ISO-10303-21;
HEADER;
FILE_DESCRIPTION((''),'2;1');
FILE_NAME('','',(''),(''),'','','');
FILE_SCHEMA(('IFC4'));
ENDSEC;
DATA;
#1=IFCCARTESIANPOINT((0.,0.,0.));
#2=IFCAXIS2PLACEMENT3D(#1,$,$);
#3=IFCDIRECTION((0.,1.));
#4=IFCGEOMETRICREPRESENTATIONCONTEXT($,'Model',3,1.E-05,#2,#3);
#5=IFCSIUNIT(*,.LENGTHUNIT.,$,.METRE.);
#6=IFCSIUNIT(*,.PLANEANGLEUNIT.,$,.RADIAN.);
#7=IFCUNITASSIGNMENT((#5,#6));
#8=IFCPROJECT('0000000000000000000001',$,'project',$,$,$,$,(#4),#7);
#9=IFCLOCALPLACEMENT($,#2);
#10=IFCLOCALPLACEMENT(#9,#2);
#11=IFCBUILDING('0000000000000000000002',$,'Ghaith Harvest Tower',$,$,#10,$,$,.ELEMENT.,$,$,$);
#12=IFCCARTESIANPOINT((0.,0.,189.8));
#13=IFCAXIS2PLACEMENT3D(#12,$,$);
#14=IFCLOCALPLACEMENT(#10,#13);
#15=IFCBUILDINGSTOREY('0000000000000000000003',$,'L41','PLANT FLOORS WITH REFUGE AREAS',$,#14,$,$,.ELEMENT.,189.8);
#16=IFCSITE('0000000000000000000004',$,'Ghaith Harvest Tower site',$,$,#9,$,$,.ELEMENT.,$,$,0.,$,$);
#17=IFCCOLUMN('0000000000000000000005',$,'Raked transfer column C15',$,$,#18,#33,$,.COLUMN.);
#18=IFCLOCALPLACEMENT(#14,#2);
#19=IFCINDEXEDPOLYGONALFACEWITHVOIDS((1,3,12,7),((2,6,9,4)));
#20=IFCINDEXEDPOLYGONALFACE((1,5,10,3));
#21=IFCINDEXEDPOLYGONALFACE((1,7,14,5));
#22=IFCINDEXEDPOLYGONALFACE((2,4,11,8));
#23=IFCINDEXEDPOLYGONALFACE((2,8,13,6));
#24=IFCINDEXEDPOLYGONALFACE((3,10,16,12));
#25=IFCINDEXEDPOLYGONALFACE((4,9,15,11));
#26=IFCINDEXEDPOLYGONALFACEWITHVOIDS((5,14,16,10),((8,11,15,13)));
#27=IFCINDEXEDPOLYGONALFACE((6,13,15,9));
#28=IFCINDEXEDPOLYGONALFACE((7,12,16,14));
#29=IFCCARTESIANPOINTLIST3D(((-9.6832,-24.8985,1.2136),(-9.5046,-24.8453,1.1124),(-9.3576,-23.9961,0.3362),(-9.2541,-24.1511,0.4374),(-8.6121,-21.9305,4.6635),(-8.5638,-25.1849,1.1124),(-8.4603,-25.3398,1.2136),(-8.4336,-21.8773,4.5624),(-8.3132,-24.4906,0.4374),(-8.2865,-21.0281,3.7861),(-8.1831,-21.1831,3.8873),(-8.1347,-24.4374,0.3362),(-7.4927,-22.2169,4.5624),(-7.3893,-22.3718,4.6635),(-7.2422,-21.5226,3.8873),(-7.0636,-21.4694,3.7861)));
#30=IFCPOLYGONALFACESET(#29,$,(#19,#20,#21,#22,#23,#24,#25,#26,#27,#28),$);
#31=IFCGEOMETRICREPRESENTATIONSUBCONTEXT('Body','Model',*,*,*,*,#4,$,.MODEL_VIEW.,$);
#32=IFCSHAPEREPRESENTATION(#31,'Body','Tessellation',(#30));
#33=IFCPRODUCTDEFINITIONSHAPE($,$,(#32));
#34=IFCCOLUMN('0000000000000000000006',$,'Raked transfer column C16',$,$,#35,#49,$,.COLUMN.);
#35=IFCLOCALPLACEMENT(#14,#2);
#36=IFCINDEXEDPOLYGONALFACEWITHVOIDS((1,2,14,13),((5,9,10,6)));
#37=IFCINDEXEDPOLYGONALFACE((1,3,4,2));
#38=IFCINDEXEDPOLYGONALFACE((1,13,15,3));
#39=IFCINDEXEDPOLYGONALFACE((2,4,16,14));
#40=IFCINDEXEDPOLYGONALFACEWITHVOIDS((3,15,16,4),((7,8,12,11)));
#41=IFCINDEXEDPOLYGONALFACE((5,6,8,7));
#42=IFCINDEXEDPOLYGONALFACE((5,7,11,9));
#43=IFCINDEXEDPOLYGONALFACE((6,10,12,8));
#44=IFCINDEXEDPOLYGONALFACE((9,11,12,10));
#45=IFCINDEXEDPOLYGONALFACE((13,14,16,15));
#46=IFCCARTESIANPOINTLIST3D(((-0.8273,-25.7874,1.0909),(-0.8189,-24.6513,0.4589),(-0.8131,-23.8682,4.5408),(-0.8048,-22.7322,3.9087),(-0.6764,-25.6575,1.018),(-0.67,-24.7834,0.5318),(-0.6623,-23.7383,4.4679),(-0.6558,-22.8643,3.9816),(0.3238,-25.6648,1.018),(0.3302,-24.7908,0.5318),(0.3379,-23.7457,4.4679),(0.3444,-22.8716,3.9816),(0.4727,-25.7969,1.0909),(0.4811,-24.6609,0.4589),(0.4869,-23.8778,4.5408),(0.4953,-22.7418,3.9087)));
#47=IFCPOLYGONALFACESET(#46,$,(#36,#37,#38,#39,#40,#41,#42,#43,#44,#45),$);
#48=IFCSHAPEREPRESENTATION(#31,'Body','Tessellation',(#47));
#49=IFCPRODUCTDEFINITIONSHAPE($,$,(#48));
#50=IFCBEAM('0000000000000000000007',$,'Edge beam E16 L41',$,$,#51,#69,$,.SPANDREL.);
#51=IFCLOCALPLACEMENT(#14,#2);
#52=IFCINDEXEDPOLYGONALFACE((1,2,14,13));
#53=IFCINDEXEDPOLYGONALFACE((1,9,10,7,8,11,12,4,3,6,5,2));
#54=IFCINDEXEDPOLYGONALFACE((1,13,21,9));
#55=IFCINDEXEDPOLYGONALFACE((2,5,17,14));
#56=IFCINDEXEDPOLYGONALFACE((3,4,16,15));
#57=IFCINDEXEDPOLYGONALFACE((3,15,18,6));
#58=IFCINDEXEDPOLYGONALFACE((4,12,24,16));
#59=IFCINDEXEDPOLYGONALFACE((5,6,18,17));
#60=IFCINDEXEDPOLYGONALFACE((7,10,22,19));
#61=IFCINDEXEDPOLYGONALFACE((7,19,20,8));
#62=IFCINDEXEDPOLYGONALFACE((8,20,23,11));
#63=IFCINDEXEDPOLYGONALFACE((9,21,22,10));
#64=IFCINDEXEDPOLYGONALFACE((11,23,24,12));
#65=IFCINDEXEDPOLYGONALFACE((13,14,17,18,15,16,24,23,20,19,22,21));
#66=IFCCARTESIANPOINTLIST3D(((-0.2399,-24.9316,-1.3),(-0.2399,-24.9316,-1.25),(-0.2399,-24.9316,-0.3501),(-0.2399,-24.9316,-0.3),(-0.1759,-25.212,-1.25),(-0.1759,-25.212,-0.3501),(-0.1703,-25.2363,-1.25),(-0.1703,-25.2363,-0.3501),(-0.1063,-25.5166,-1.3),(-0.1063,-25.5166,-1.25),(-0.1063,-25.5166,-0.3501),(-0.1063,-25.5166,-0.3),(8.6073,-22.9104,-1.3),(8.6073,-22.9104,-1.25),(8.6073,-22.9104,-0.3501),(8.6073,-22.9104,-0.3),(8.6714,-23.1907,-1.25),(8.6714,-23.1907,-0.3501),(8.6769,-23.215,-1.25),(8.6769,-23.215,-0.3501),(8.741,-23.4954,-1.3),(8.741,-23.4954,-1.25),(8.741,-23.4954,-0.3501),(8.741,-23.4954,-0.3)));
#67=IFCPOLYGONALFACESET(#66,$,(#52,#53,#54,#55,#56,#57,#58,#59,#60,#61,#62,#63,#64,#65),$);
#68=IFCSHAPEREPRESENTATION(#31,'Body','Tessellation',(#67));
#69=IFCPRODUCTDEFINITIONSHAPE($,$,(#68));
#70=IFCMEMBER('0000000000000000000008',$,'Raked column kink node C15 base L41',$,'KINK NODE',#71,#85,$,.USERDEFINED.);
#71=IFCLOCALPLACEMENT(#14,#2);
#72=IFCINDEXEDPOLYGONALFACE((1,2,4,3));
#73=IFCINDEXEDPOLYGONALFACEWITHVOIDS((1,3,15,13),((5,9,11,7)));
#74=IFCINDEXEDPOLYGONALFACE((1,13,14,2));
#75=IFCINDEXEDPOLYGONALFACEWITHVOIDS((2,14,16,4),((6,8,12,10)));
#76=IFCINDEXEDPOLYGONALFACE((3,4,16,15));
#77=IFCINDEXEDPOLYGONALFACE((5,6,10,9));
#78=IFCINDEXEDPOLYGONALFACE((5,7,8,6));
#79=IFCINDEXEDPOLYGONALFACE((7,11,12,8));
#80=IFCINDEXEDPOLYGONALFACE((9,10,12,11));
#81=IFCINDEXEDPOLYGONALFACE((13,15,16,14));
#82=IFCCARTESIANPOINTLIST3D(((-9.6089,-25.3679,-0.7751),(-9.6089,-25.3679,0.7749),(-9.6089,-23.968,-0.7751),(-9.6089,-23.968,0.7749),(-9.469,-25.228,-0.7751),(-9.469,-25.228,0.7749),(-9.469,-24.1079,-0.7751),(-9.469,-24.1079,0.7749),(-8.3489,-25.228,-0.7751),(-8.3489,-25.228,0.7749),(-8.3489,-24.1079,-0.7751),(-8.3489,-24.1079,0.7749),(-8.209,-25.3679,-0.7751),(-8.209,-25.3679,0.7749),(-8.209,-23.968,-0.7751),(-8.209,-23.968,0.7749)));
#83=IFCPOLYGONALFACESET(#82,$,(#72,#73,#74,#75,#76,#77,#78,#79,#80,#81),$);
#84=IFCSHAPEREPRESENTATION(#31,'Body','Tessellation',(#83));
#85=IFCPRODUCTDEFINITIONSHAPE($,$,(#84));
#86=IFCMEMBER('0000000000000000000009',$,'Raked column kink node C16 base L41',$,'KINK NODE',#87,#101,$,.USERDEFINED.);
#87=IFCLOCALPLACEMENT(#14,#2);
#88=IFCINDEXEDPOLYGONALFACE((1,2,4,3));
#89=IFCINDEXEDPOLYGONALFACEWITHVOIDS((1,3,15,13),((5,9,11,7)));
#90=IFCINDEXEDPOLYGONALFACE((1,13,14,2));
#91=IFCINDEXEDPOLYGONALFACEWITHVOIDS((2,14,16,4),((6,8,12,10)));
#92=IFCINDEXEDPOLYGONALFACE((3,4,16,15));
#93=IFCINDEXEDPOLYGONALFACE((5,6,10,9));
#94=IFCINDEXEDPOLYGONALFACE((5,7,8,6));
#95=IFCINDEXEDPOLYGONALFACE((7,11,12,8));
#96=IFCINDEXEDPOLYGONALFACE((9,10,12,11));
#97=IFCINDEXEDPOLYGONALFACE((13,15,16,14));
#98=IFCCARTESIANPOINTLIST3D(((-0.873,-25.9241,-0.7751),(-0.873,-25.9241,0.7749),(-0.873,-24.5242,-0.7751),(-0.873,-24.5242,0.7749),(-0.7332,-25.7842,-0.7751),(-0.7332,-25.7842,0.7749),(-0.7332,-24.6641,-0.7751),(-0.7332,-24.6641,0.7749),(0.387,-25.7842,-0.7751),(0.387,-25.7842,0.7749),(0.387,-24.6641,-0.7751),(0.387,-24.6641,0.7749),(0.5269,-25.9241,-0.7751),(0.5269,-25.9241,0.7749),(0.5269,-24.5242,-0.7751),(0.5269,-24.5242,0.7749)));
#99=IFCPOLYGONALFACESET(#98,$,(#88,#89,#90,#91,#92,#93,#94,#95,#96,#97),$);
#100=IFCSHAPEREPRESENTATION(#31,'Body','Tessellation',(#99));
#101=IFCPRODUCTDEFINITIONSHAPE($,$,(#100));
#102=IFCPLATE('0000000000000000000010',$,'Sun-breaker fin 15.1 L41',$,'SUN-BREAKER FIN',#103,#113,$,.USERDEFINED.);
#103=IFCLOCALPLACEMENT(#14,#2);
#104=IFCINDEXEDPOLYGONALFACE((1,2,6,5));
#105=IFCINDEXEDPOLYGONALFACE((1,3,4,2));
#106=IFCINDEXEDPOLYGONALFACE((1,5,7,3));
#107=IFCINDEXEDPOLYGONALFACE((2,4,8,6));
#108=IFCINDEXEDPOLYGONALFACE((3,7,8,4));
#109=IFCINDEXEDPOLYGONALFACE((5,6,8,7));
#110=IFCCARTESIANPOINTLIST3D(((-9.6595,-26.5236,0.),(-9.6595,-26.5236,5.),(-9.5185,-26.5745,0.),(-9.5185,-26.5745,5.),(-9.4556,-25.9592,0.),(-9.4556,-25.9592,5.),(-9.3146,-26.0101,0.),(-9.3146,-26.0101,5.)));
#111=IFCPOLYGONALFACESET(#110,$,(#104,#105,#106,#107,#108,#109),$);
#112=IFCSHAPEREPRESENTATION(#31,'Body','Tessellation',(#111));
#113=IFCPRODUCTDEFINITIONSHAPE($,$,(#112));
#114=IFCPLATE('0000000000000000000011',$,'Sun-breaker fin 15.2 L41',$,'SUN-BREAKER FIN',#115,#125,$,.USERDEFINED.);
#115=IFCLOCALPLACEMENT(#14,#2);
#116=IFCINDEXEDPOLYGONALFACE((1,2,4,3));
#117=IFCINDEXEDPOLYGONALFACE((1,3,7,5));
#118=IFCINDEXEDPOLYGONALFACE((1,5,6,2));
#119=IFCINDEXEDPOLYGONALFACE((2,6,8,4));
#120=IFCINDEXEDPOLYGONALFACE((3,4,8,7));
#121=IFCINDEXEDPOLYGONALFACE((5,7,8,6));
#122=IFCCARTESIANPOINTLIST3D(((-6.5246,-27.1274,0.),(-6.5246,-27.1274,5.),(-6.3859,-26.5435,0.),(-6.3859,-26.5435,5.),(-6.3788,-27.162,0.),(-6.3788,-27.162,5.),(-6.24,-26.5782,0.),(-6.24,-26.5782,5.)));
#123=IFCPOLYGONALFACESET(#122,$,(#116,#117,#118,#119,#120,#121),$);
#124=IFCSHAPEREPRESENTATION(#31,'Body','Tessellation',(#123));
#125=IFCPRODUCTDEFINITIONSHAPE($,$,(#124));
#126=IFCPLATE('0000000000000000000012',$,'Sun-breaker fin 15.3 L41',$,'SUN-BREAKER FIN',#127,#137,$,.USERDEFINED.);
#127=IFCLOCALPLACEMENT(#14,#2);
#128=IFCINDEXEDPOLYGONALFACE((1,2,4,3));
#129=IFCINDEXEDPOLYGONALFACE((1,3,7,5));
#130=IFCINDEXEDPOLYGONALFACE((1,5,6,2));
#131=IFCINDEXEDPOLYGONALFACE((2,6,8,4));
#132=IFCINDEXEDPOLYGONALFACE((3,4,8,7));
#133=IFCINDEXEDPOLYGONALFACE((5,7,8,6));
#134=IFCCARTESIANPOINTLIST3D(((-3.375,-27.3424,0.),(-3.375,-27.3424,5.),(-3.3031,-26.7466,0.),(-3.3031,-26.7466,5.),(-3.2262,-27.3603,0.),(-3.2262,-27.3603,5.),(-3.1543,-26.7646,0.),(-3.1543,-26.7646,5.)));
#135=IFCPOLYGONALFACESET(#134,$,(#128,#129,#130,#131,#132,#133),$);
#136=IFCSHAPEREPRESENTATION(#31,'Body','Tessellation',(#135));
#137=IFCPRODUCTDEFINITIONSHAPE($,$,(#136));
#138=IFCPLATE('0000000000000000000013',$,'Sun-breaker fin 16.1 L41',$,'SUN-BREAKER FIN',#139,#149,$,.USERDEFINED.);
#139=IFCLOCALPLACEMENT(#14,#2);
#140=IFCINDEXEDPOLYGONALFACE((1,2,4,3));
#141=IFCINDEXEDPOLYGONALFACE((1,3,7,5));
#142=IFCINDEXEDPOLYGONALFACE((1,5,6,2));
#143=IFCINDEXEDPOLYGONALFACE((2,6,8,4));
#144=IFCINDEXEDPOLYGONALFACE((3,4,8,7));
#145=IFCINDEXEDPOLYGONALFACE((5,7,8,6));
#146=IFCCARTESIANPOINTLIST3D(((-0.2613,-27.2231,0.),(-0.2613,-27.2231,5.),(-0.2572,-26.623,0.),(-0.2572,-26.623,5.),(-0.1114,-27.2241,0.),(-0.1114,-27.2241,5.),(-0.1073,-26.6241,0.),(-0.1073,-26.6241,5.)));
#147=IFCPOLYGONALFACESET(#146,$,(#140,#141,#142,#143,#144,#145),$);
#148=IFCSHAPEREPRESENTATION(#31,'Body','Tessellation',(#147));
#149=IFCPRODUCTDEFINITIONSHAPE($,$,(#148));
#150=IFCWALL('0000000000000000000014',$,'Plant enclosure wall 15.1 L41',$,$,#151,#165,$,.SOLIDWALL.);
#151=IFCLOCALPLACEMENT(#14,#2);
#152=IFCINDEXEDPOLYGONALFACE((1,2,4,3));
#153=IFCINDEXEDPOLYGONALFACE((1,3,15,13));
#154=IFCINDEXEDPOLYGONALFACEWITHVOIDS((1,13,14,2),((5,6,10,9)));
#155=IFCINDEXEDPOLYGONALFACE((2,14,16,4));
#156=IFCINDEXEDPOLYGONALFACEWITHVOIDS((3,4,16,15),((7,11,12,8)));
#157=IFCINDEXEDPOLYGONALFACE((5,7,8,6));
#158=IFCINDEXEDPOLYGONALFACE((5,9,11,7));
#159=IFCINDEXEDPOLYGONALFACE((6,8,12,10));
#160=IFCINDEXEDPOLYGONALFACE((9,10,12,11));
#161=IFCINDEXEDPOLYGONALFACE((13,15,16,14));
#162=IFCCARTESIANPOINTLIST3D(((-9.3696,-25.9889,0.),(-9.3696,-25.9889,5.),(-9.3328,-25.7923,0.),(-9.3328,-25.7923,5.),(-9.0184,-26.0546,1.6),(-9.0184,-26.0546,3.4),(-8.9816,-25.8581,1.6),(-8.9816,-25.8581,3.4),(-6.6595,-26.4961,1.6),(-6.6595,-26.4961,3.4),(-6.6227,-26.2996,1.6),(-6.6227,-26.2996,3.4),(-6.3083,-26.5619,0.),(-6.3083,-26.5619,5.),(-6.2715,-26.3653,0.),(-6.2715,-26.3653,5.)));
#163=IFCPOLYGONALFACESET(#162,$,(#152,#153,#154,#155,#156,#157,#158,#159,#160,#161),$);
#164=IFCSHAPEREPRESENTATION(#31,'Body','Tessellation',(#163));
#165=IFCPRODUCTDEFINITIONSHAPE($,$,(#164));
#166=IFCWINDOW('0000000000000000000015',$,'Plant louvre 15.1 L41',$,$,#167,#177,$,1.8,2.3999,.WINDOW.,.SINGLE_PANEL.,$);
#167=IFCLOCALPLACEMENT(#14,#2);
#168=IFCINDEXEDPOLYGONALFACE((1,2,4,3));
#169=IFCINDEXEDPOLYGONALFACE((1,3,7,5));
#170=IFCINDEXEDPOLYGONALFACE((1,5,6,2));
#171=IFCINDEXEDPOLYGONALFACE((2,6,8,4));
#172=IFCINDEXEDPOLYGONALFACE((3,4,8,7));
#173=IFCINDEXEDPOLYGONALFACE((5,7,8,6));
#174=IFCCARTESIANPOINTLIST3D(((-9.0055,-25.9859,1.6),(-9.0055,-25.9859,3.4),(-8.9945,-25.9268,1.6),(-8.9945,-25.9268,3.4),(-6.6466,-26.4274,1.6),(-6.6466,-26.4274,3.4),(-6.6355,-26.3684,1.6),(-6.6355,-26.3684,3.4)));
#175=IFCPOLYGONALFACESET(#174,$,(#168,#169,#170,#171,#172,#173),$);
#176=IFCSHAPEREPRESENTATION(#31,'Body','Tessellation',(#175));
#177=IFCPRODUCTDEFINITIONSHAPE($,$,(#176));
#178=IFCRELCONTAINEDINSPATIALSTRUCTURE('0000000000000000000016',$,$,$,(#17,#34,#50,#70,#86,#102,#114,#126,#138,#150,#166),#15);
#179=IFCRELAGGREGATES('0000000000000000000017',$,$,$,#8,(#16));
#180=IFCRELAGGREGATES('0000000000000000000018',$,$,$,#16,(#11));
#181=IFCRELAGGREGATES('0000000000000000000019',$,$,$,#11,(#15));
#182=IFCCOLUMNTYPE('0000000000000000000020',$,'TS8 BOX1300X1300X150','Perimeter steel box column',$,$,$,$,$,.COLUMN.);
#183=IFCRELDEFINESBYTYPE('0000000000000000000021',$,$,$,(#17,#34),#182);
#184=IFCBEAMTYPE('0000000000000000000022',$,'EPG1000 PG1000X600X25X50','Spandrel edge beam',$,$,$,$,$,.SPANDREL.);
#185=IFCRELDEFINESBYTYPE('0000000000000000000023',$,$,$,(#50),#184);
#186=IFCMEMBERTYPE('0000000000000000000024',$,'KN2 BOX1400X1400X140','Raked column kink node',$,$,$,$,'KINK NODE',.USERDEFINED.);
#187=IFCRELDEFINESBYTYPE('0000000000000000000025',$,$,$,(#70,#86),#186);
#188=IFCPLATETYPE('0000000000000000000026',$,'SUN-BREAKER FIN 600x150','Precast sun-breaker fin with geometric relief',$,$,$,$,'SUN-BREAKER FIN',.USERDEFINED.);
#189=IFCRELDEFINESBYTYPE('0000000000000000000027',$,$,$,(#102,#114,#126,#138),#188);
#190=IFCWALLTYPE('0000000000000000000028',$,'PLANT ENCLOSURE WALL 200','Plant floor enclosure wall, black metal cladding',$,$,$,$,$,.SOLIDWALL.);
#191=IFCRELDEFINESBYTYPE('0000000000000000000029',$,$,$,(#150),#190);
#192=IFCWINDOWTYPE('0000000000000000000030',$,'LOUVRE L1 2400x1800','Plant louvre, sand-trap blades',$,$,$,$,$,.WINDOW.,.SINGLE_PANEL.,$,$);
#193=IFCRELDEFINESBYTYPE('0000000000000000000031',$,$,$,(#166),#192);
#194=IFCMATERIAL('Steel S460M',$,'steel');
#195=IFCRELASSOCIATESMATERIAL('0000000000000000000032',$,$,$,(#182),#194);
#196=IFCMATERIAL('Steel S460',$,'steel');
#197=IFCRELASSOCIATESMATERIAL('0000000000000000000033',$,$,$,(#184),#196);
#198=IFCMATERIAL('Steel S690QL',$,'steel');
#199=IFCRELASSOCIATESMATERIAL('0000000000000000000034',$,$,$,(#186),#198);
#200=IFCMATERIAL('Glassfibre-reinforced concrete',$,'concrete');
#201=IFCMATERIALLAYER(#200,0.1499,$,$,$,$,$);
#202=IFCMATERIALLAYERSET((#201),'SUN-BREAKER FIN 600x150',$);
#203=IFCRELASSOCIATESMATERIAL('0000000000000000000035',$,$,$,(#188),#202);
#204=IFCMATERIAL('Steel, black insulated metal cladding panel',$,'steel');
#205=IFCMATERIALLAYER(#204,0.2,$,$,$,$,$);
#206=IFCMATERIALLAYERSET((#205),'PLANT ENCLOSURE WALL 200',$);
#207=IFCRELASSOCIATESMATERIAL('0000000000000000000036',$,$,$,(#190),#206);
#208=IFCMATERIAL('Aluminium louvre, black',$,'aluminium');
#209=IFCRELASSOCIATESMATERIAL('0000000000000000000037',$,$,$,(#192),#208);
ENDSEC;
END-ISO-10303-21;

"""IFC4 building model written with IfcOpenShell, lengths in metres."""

from ifc_helpers import new_model, si_unit, direction, frame, frame_2d, origin, origin_2d, place, context, subcontext, project, spatial, rectangle, hollow_rectangle, i_section, extrude, material, layer, layer_set, material_profile, profile_set, type_object, element, fill, save


model = new_model("IFC4")

# Units and contexts
model_context = context("Model", 3, precision=1e-05, world=origin(), true_north=direction((0.0, 1.0)))
body_context = subcontext(model_context, "Body", "Model", "MODEL_VIEW")
ifc_project = project(units=[si_unit("LENGTHUNIT", "METRE"), si_unit("PLANEANGLEUNIT", "RADIAN")], contexts=[model_context])

# Site, building, storey
site_placement = place(None, origin())
site = spatial("IfcSite", under=ifc_project, at=site_placement, Name="Ghaith Harvest Tower site", CompositionType="ELEMENT", RefElevation=0.0)
building_placement = place(site_placement, origin())
building = spatial("IfcBuilding", under=site, at=building_placement, Name="Ghaith Harvest Tower", CompositionType="ELEMENT")
storey_placement = place(building_placement, frame((0.0, 0.0, 189.8)))
storey = spatial("IfcBuildingStorey", under=building, at=storey_placement, Name="L41", Description="PLANT FLOORS WITH REFUGE AREAS", CompositionType="ELEMENT", Elevation=189.8)

# Columns
ifc_material_1 = material(Name="Steel S460M", Category="steel")
ifc_material_profile_1 = material_profile(ifc_material_1, hollow_rectangle(XDim=1.3, YDim=1.3, WallThickness=0.1499, at=origin_2d()), Name="BOX1300X1300X150")
ifc_profile_set_1 = profile_set([ifc_material_profile_1], Name="Steel S460M")
column_type = type_object("IfcColumnType", Name="TS8 BOX1300X1300X150", Description="Perimeter steel box column", PredefinedType="COLUMN", material=ifc_profile_set_1)
column_1_placement = place(storey_placement, frame((-8.9089, -24.668, 0.7749), z_axis=(0.229086, 0.634829, 0.73791), x_axis=(-0.940629, 0.339437, 0.0)))
element("IfcColumn", 1, at=column_1_placement, inside=storey, type_object=column_type, Name="Raked transfer column C15", PredefinedType="COLUMN", context=body_context, shape_type="SweptSolid", body=[
    extrude(hollow_rectangle(XDim=1.3, YDim=1.3, WallThickness=0.1499, at=origin_2d()), origin(), (0.0, 0.0, 1.0), 4.6753),
])
column_2_placement = place(storey_placement, frame((-0.1731, -25.2241, 0.7749), z_axis=(0.003587, 0.486133, 0.873877), x_axis=(-0.999973, 0.007378, 0.0)))
element("IfcColumn", 2, at=column_2_placement, inside=storey, type_object=column_type, Name="Raked transfer column C16", PredefinedType="COLUMN", context=body_context, shape_type="SweptSolid", body=[
    extrude(hollow_rectangle(XDim=1.3, YDim=1.3, WallThickness=0.1499, at=origin_2d()), origin(), (0.0, 0.0, 1.0), 3.9478),
])

# Beam
ifc_material_2 = material(Name="Steel S460", Category="steel")
ifc_material_profile_2 = material_profile(ifc_material_2, i_section(OverallWidth=0.6001, OverallDepth=1.0, WebThickness=0.0249, FlangeThickness=0.05, at=origin_2d()), Name="PG1000X600X25X50")
ifc_profile_set_2 = profile_set([ifc_material_profile_2], Name="Steel S460")
beam_type = type_object("IfcBeamType", Name="EPG1000 PG1000X600X25X50", Description="Spandrel edge beam", PredefinedType="SPANDREL", material=ifc_profile_set_2)
beam_placement = place(storey_placement, frame((-0.1731, -25.2241, -0.8), z_axis=(0.974882, 0.222723, 0.0), x_axis=(-0.222723, 0.974882, 0.0)))
element("IfcBeam", 3, at=beam_placement, inside=storey, type_object=beam_type, Name="Edge beam E16 L41", PredefinedType="SPANDREL", context=body_context, shape_type="SweptSolid", body=[
    extrude(i_section(OverallWidth=0.6001, OverallDepth=1.0, WebThickness=0.0249, FlangeThickness=0.05, at=origin_2d()), origin(), (0.0, 0.0, 1.0), 9.0752),
])

# Members
ifc_material_3 = material(Name="Steel S690QL", Category="steel")
ifc_material_profile_3 = material_profile(ifc_material_3, hollow_rectangle(XDim=1.3999, YDim=1.3999, WallThickness=0.1399, at=origin_2d()), Name="BOX1400X1400X140")
ifc_profile_set_3 = profile_set([ifc_material_profile_3], Name="Steel S690QL")
member_type = type_object("IfcMemberType", Name="KN2 BOX1400X1400X140", Description="Raked column kink node", ElementType="KINK NODE", PredefinedType="USERDEFINED", material=ifc_profile_set_3)
for number, where, z_axis, x_axis, name in (
    (4, (-8.9089, -24.668, -0.7751), (0.0, 0.0, 1.0), (1.0, 0.0, 0.0), "Raked column kink node C15 base L41"),
    (5, (-0.1731, -25.2241, -0.7751), (0.0, 0.0, 1.0), (1.0, 0.0, 0.0), "Raked column kink node C16 base L41"),
):
    element("IfcMember", number, at=place(storey_placement, frame(where, z_axis=z_axis, x_axis=x_axis)), inside=storey, type_object=member_type, Name=name, ObjectType="KINK NODE", PredefinedType="USERDEFINED", context=body_context, shape_type="SweptSolid", body=[
        extrude(hollow_rectangle(XDim=1.3999, YDim=1.3999, WallThickness=0.1399, at=origin_2d()), origin(), (0.0, 0.0, 1.0), 1.55),
    ])

# Plates
ifc_material_4 = material(Name="Glassfibre-reinforced concrete", Category="concrete")
ifc_layer_1 = layer(ifc_material_4, 0.1499)
ifc_layer_set_1 = layer_set([ifc_layer_1], Name="SUN-BREAKER FIN 600x150")
plate_type = type_object("IfcPlateType", Name="SUN-BREAKER FIN 600x150", Description="Precast sun-breaker fin with geometric relief", ElementType="SUN-BREAKER FIN", PredefinedType="USERDEFINED", material=ifc_layer_set_1)
for number, where, z_axis, x_axis, name in (
    (6, (-9.4871, -26.2668, 0.0), (0.0, 0.0, 1.0), (-0.339699, -0.940534, 0.0), "Sun-breaker fin 15.1 L41"),
    (7, (-6.3823, -26.8528, 0.0), (0.0, 0.0, 1.0), (-0.231234, -0.972898, 0.0), "Sun-breaker fin 15.2 L41"),
    (8, (-3.2646, -27.0535, 0.0), (0.0, 0.0, 1.0), (-0.119807, -0.992797, 0.0), "Sun-breaker fin 15.3 L41"),
    (9, (-0.1843, -26.9236, 0.0), (0.0, 0.0, 1.0), (-0.006844, -0.999977, 0.0), "Sun-breaker fin 16.1 L41"),
):
    element("IfcPlate", number, at=place(storey_placement, frame(where, z_axis=z_axis, x_axis=x_axis)), inside=storey, type_object=plate_type, Name=name, ObjectType="SUN-BREAKER FIN", PredefinedType="USERDEFINED", context=body_context, shape_type="SweptSolid", body=[
        extrude(rectangle(XDim=0.6001, YDim=0.1499, at=origin_2d()), origin(), (0.0, 0.0, 1.0), 5.0),
    ])

# Wall, opening, window
ifc_material_5 = material(Name="Steel, black insulated metal cladding panel", Category="steel")
ifc_layer_2 = layer(ifc_material_5, 0.2)
ifc_layer_set_2 = layer_set([ifc_layer_2], Name="PLANT ENCLOSURE WALL 200")
wall_type = type_object("IfcWallType", Name="PLANT ENCLOSURE WALL 200", Description="Plant floor enclosure wall, black metal cladding", PredefinedType="SOLIDWALL", material=ifc_layer_set_2)
wall_1_placement = place(storey_placement, frame((-9.3511, -25.8906, 0.0), z_axis=(0.0, 0.0, 1.0), x_axis=(0.98293, -0.183981, 0.0)))
wall_1 = element("IfcWall", 10, at=wall_1_placement, inside=storey, type_object=wall_type, Name="Plant enclosure wall 15.1 L41", PredefinedType="SOLIDWALL", context=body_context, shape_type="SweptSolid", body=[
    extrude(rectangle(XDim=3.1145, YDim=0.2, at=frame_2d((1.5571, 0.0))), origin(), (0.0, 0.0, 1.0), 5.0),
])
opening_1_placement = place(wall_1_placement, frame((0.3572, 0.0, 1.6001)))
opening_1 = element("IfcOpeningElement", 11, at=opening_1_placement, cuts=wall_1, PredefinedType="OPENING", context=body_context, shape_type="SweptSolid", body=[
    extrude(rectangle(XDim=2.3999, YDim=1.8, at=frame_2d((1.2, 0.8999))), frame((0.0, 0.1099, 0.0), z_axis=(0.0, -1.0, 0.0), x_axis=(1.0, 0.0, 0.0)), (0.0, 0.0, 1.0), 0.22),
])
ifc_material_6 = material(Name="Aluminium louvre, black", Category="aluminium")
window_type = type_object("IfcWindowType", Name="LOUVRE L1 2400x1800", Description="Plant louvre, sand-trap blades", PartitioningType="SINGLE_PANEL", PredefinedType="WINDOW", material=ifc_material_6)
window_1_placement = place(opening_1_placement, origin())
window_1 = element("IfcWindow", 12, at=window_1_placement, inside=storey, type_object=window_type, Name="Plant louvre 15.1 L41", OverallHeight=1.8, OverallWidth=2.3999, PartitioningType="SINGLE_PANEL", PredefinedType="WINDOW", context=body_context, shape_type="SweptSolid", body=[
    extrude(rectangle(XDim=2.3999, YDim=1.8, at=frame_2d((1.2, 0.8999))), frame((0.0, 0.03, 0.0), z_axis=(0.0, -1.0, 0.0), x_axis=(1.0, 0.0, 0.0)), (0.0, 0.0, 1.0), 0.0601),
])
fill(opening_1, window_1)

save(model, "model.ifc")
